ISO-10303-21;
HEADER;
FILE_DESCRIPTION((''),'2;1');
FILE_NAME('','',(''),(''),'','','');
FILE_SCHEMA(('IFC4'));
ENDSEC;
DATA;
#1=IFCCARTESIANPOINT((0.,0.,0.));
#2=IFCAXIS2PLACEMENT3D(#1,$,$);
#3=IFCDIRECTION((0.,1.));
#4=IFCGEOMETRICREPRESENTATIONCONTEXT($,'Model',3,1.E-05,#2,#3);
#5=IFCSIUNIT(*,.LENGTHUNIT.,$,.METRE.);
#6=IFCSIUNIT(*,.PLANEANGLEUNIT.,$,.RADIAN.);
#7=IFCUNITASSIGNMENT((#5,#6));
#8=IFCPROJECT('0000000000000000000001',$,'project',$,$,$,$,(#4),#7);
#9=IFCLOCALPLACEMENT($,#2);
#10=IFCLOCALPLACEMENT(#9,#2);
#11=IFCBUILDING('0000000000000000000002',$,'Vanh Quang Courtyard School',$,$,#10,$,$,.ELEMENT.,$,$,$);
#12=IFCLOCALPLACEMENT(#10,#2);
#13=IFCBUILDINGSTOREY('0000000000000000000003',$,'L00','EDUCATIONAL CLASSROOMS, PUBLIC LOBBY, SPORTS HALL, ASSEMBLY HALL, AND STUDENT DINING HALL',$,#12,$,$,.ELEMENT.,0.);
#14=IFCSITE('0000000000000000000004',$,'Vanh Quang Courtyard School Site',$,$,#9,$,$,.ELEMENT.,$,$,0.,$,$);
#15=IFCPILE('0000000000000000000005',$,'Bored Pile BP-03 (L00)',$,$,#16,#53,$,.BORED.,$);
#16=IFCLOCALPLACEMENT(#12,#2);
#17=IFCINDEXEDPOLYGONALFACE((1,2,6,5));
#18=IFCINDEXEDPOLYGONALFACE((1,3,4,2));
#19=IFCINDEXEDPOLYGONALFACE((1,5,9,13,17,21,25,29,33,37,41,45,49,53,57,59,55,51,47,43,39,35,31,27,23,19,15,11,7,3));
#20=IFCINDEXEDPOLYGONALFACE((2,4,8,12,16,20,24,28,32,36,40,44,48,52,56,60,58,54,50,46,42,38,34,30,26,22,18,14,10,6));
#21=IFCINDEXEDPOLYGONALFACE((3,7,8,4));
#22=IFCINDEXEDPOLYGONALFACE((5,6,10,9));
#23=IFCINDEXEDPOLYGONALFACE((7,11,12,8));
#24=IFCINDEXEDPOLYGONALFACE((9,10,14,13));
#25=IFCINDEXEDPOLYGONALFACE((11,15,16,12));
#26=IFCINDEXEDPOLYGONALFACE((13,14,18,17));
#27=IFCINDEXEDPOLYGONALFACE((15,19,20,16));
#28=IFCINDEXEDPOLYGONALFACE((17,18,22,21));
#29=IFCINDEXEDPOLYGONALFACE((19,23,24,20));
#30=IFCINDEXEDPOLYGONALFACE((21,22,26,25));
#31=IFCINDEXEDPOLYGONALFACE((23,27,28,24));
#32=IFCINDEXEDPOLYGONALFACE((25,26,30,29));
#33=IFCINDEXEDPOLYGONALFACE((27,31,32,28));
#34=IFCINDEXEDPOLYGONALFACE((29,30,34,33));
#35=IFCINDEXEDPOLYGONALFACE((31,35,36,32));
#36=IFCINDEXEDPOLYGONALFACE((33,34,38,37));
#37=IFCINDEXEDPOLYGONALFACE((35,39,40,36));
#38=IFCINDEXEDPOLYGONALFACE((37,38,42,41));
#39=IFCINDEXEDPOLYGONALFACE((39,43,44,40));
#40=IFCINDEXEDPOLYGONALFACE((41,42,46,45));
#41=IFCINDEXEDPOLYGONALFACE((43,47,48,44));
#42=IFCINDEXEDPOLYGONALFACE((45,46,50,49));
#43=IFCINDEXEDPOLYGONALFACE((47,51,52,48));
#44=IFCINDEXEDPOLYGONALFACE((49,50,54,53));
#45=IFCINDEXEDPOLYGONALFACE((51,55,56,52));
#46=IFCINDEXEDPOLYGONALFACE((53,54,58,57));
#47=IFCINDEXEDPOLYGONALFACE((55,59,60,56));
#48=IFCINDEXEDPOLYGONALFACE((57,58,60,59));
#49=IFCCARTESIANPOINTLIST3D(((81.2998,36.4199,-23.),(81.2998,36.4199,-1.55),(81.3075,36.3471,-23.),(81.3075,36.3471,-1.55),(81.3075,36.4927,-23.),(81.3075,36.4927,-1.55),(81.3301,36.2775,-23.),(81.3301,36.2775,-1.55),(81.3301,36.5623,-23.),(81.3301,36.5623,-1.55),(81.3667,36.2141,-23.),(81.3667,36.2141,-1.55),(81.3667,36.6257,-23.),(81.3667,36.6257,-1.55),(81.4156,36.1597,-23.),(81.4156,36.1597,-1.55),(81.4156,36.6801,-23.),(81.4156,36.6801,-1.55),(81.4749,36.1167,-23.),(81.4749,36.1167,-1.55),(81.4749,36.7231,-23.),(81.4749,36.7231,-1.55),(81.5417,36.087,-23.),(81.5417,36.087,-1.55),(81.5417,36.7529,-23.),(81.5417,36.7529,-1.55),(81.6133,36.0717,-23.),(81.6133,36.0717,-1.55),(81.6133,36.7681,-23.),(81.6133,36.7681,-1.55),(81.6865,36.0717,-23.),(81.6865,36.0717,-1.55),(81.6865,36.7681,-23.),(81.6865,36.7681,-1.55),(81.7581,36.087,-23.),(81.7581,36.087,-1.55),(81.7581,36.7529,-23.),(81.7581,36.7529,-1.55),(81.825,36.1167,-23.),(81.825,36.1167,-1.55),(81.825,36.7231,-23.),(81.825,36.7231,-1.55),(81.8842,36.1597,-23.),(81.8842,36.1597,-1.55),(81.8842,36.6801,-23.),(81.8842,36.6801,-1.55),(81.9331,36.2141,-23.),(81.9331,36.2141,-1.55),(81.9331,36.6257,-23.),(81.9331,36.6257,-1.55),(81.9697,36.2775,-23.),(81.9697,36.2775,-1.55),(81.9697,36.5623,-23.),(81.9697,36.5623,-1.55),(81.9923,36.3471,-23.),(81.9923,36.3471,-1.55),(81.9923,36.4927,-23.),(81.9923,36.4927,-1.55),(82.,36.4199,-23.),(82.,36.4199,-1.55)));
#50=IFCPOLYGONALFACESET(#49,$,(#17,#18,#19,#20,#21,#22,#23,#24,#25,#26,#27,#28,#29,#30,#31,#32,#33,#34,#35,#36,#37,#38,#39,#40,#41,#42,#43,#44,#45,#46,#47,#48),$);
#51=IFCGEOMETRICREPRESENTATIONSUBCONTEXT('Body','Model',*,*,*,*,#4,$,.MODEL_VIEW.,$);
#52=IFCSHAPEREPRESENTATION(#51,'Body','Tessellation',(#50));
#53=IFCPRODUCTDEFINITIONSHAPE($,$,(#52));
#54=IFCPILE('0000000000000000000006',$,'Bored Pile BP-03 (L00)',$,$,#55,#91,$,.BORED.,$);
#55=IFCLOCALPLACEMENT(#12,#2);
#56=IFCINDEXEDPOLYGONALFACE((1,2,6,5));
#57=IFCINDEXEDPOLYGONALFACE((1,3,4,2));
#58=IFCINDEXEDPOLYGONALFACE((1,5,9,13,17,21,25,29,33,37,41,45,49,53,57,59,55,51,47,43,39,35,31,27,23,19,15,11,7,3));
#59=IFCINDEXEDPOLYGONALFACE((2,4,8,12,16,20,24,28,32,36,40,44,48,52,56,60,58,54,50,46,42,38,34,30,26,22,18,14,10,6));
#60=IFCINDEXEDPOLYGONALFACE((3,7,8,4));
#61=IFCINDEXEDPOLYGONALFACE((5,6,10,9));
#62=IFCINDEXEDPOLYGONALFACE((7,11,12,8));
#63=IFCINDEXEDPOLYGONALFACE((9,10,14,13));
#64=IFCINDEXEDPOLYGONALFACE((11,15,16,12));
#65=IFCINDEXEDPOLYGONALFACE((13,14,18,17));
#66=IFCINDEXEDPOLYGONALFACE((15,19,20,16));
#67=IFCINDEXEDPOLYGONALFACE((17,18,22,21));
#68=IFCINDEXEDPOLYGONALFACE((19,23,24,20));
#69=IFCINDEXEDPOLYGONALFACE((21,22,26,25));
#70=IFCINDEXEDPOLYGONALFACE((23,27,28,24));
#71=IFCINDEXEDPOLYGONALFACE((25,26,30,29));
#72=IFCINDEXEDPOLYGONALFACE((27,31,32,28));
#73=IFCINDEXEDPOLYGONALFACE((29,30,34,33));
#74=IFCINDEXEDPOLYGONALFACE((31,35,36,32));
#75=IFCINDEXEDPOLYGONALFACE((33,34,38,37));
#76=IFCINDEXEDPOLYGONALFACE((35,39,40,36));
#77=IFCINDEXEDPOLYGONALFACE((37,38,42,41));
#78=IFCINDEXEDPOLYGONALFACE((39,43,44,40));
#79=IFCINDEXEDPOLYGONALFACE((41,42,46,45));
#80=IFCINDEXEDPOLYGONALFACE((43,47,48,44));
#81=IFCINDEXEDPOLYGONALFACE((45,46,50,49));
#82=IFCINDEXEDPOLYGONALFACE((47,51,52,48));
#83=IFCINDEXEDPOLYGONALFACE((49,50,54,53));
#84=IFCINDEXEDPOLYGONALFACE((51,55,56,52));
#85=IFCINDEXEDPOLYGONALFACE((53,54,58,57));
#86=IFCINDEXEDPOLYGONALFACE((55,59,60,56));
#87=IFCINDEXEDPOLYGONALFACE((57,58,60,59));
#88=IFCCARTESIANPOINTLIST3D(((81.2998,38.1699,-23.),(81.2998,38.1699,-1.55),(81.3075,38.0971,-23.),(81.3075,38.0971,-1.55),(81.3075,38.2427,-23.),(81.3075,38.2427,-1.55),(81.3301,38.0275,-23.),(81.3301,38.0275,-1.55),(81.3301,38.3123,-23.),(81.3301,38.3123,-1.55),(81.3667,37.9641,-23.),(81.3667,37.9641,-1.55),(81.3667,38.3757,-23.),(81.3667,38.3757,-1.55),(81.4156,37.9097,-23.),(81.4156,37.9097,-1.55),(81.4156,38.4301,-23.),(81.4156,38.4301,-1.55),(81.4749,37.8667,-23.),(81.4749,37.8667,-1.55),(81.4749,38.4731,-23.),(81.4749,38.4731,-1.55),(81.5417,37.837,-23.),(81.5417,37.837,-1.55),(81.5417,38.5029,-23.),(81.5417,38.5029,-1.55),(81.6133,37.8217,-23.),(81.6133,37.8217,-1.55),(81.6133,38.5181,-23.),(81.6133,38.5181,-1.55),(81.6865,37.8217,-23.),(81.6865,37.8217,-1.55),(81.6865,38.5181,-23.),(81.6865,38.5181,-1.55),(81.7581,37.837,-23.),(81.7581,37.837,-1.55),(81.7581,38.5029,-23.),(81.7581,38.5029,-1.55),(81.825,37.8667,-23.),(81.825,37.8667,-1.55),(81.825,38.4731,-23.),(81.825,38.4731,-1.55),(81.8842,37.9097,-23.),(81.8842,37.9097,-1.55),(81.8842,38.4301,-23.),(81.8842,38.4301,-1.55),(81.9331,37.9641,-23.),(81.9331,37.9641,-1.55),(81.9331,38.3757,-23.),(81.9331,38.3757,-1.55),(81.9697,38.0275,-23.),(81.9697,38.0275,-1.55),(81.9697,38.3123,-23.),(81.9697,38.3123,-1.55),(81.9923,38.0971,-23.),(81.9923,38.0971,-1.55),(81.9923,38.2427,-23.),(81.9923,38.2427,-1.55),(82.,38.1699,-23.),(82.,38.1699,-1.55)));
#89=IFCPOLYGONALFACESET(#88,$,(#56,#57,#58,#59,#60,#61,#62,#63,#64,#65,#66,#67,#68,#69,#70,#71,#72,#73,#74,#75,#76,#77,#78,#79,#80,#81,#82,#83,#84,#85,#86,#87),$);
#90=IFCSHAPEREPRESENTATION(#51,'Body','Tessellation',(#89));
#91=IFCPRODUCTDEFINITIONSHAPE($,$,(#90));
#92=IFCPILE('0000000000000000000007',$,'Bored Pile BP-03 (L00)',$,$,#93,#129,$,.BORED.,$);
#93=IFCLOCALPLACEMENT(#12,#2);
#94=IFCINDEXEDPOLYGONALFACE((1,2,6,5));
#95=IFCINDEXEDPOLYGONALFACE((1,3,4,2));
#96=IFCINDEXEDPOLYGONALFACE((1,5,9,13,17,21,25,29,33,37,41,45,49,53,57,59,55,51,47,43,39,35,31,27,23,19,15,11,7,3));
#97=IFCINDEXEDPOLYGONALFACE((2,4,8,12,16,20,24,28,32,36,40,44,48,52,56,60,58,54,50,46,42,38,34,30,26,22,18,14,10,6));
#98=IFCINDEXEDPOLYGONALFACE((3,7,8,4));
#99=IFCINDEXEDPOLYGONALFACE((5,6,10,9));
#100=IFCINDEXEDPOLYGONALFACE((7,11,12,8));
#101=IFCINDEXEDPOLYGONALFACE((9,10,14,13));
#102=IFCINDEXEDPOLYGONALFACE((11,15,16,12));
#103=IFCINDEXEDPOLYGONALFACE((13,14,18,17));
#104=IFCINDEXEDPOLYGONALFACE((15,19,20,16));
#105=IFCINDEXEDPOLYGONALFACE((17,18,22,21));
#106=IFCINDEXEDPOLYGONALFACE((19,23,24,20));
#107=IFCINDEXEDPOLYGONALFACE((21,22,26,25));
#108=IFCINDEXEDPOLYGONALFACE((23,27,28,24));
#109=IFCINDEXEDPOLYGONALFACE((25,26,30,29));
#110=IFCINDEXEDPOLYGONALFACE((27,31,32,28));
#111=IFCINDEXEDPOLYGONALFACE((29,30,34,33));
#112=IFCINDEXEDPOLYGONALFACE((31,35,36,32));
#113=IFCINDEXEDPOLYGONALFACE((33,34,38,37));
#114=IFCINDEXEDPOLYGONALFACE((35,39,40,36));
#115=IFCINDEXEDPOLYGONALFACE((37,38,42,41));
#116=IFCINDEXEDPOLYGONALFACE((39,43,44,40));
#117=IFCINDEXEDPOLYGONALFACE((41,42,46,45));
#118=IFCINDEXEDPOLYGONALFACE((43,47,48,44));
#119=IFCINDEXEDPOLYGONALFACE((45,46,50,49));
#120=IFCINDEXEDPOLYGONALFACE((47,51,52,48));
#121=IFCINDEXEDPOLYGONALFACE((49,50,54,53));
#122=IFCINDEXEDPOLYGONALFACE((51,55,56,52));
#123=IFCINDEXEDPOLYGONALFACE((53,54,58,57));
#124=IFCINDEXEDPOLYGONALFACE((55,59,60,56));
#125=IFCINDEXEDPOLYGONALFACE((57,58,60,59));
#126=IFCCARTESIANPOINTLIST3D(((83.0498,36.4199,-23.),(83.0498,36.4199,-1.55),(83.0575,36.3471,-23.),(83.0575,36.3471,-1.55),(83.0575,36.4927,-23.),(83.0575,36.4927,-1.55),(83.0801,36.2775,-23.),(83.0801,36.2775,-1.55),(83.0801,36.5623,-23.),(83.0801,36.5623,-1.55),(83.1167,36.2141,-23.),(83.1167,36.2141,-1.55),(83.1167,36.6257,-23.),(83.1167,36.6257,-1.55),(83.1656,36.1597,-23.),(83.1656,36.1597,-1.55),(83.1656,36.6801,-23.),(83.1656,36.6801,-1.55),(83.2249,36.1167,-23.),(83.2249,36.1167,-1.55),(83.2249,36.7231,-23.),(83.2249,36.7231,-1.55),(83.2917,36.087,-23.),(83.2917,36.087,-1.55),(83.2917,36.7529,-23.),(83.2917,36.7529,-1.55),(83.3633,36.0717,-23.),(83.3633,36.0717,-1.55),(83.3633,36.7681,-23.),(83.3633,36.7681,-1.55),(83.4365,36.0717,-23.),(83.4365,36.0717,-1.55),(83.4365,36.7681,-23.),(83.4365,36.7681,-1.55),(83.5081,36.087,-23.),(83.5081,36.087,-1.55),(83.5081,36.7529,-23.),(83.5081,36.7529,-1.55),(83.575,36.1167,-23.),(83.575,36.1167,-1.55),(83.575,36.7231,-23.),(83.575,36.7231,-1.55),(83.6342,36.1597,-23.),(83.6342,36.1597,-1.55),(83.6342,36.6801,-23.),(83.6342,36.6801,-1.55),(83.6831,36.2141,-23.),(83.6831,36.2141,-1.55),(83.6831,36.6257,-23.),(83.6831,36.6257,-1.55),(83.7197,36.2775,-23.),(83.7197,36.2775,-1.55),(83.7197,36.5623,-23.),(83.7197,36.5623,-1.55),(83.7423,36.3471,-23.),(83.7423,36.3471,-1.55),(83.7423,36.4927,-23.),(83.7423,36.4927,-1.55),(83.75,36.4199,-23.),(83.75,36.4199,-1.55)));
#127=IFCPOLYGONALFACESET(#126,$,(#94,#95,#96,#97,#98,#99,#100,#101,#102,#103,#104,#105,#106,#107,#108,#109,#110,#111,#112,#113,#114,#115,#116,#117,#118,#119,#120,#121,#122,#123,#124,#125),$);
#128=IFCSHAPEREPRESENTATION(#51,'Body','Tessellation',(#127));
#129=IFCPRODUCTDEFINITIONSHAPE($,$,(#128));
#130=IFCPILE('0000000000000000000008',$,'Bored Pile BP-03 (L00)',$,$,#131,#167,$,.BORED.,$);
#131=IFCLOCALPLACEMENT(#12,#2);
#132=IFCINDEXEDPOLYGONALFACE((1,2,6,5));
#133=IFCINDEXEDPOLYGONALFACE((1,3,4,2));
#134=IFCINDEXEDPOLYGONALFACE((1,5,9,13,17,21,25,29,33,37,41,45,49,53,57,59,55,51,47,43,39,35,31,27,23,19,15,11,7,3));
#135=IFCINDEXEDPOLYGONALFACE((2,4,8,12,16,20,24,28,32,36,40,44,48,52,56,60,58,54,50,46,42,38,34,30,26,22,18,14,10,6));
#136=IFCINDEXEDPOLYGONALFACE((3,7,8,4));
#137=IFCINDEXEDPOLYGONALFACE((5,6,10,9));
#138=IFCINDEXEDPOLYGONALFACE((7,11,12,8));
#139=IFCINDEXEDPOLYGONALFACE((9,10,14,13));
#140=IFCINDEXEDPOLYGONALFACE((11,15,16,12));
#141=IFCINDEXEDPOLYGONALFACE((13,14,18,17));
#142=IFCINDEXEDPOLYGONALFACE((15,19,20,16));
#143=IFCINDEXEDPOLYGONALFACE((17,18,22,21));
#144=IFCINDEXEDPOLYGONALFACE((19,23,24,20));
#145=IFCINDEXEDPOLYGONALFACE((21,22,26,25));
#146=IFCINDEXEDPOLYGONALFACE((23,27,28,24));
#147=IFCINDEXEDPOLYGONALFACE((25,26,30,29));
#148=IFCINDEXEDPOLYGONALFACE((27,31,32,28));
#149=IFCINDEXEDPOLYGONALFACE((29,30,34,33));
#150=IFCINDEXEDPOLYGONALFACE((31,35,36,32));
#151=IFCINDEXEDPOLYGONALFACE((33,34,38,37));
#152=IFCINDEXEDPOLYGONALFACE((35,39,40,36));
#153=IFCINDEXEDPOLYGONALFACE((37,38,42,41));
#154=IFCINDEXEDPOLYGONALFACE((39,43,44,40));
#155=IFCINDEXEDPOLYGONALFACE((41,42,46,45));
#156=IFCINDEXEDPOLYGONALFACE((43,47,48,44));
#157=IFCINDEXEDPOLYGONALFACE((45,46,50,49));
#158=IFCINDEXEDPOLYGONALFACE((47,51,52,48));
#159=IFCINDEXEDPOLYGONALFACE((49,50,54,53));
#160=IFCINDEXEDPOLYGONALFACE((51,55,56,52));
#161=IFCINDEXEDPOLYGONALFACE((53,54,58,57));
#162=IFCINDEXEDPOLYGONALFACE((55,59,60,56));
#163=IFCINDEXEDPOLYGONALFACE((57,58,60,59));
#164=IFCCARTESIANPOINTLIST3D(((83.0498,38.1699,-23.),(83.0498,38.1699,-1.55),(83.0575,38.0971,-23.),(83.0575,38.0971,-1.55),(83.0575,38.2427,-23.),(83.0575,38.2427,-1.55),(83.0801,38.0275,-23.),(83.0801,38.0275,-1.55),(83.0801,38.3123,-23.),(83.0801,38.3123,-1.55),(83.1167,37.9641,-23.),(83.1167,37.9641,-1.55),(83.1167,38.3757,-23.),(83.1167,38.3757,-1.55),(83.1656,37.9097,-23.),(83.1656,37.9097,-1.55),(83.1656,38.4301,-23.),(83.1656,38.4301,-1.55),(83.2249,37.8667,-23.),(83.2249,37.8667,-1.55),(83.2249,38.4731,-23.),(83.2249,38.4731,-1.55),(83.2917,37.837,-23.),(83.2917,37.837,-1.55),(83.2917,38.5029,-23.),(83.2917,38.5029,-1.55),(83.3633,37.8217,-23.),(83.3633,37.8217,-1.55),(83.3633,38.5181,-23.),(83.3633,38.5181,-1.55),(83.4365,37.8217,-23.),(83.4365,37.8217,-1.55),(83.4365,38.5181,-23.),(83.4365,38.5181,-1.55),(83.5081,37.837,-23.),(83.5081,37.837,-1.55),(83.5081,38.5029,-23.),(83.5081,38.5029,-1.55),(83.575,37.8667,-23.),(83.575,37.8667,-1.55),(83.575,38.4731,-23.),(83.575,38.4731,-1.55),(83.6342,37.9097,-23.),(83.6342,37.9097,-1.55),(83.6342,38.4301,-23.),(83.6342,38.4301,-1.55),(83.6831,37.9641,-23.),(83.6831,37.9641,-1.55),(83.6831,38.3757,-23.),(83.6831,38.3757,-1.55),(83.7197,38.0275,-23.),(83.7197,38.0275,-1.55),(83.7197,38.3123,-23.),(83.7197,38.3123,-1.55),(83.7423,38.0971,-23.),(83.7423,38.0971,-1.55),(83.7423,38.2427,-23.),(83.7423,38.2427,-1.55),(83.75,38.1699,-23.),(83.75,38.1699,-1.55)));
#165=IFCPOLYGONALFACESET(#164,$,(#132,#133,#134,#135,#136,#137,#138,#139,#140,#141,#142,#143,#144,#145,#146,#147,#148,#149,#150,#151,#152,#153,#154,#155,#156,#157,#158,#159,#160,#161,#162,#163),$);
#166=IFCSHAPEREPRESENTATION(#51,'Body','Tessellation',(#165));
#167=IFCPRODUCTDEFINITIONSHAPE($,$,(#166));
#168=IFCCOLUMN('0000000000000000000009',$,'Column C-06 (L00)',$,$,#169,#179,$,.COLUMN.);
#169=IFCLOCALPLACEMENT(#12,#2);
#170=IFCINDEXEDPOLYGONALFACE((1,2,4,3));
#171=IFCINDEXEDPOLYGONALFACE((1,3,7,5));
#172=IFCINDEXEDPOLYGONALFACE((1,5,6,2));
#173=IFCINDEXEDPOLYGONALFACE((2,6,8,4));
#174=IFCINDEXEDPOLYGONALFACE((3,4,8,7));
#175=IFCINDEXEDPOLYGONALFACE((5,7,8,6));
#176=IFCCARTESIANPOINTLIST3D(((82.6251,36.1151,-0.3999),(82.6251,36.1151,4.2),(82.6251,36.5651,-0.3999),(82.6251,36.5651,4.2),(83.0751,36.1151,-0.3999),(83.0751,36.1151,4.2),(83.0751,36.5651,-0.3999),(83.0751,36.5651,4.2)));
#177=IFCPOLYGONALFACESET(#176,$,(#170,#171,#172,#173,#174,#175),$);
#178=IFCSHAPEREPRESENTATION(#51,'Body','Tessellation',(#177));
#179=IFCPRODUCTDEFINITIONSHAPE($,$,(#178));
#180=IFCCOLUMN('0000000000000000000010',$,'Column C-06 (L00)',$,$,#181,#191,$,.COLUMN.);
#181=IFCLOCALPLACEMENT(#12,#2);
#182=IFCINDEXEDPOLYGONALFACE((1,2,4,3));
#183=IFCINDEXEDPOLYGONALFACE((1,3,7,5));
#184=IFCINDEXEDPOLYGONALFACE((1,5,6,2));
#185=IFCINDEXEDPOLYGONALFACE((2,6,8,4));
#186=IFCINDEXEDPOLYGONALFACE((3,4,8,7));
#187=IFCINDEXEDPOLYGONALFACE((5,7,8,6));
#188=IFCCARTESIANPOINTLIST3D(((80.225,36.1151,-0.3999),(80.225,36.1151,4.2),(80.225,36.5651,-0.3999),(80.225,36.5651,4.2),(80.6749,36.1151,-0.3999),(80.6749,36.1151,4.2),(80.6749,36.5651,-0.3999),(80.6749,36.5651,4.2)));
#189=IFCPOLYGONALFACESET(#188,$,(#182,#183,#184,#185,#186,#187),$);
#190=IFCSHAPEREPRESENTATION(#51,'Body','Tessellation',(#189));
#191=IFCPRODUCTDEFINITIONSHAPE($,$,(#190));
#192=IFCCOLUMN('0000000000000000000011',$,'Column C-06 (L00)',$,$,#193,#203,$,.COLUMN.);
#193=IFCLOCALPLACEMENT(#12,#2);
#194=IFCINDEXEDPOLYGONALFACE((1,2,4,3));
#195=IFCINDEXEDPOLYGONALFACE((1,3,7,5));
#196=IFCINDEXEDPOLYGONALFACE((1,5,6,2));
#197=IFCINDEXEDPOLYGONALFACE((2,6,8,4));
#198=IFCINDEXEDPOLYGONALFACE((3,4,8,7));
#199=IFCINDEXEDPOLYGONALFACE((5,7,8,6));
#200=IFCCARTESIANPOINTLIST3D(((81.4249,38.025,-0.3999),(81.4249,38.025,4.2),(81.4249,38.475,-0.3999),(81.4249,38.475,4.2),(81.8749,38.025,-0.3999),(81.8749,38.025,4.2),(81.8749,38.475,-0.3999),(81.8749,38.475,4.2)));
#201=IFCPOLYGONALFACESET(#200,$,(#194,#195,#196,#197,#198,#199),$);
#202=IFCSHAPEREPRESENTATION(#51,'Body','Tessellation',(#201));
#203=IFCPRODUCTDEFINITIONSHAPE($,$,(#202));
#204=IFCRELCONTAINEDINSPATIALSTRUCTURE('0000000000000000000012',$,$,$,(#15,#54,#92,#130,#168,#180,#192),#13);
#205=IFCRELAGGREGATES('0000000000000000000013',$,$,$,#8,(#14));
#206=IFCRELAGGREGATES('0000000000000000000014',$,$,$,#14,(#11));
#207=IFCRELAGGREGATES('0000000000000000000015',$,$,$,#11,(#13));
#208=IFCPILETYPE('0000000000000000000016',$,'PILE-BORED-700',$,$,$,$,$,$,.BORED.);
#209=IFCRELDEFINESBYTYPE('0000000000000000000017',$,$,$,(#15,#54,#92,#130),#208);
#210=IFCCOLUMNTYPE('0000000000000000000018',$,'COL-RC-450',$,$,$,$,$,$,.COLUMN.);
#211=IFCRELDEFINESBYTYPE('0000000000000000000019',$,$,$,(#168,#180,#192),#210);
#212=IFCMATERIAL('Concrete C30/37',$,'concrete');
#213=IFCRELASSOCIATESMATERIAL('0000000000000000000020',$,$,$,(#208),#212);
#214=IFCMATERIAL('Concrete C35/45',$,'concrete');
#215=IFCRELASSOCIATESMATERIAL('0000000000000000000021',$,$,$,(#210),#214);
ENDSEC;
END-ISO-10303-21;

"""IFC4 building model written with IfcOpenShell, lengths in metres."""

from ifc_helpers import new_model, si_unit, direction, frame, origin, origin_2d, place, context, subcontext, project, spatial, rectangle, circle, extrude, material, material_profile, profile_set, type_object, element, save


model = new_model("IFC4")

# Units and contexts
model_context = context("Model", 3, precision=1e-05, world=origin(), true_north=direction((0.0, 1.0)))
body_context = subcontext(model_context, "Body", "Model", "MODEL_VIEW")
ifc_project = project(units=[si_unit("LENGTHUNIT", "METRE"), si_unit("PLANEANGLEUNIT", "RADIAN")], contexts=[model_context])

# Site, building, storey
site_placement = place(None, origin())
site = spatial("IfcSite", under=ifc_project, at=site_placement, Name="Vanh Quang Courtyard School Site", CompositionType="ELEMENT", RefElevation=0.0)
building_placement = place(site_placement, origin())
building = spatial("IfcBuilding", under=site, at=building_placement, Name="Vanh Quang Courtyard School", CompositionType="ELEMENT")
storey_placement = place(building_placement, origin())
storey = spatial("IfcBuildingStorey", under=building, at=storey_placement, Name="L00", Description="EDUCATIONAL CLASSROOMS, PUBLIC LOBBY, SPORTS HALL, ASSEMBLY HALL, AND STUDENT DINING HALL", CompositionType="ELEMENT", Elevation=0.0)

# Shared definitions
ifc_material_1 = material(Name="Concrete C35/45", Category="concrete")

# Piles
ifc_material_2 = material(Name="Concrete C30/37", Category="concrete")
ifc_material_profile_1 = material_profile(ifc_material_2, circle(Radius=0.3501, at=origin_2d()), Name="PILE D700")
ifc_profile_set_1 = profile_set([ifc_material_profile_1], Name="Concrete C30/37")
pile_type_1 = type_object("IfcPileType", Name="PILE-BORED-700", PredefinedType="BORED", material=ifc_profile_set_1)
for number, where, z_axis, x_axis, name in (
    (1, (81.6499, 36.4199, -1.55), (0.0, 0.0, -1.0), (1.0, 0.0, 0.0), "Bored Pile BP-03 (L00)"),
    (2, (81.6499, 38.1699, -1.55), (0.0, 0.0, -1.0), (1.0, 0.0, 0.0), "Bored Pile BP-03 (L00)"),
    (3, (83.3999, 36.4199, -1.55), (0.0, 0.0, -1.0), (1.0, 0.0, 0.0), "Bored Pile BP-03 (L00)"),
    (4, (83.3999, 38.1699, -1.55), (0.0, 0.0, -1.0), (1.0, 0.0, 0.0), "Bored Pile BP-03 (L00)"),
):
    element("IfcPile", number, at=place(storey_placement, frame(where, z_axis=z_axis, x_axis=x_axis)), inside=storey, type_object=pile_type_1, Name=name, PredefinedType="BORED", context=body_context, shape_type="SweptSolid", body=[
        extrude(circle(Radius=0.3501, at=origin_2d()), origin(), (0.0, 0.0, 1.0), 21.45),
    ])

# Columns
ifc_material_profile_2 = material_profile(ifc_material_1, rectangle(XDim=0.45, YDim=0.45, at=origin_2d()), Name="RC-COL 450x450")
ifc_profile_set_2 = profile_set([ifc_material_profile_2], Name="Concrete C35/45")
column_type_1 = type_object("IfcColumnType", Name="COL-RC-450", PredefinedType="COLUMN", material=ifc_profile_set_2)
for number, where, z_axis, x_axis, name in (
    (5, (82.8501, 36.3401, -0.3999), (0.0, 0.0, 1.0), (1.0, 0.0, 0.0), "Column C-06 (L00)"),
    (6, (80.45, 36.3401, -0.3999), (0.0, 0.0, 1.0), (1.0, 0.0, 0.0), "Column C-06 (L00)"),
    (7, (81.6499, 38.25, -0.3999), (0.0, 0.0, 1.0), (1.0, 0.0, 0.0), "Column C-06 (L00)"),
):
    element("IfcColumn", number, at=place(storey_placement, frame(where, z_axis=z_axis, x_axis=x_axis)), inside=storey, type_object=column_type_1, Name=name, PredefinedType="COLUMN", context=body_context, shape_type="SweptSolid", body=[
        extrude(rectangle(XDim=0.45, YDim=0.45, at=origin_2d()), origin(), (0.0, 0.0, 1.0), 4.5999),
    ])

save(model, "model.ifc")
